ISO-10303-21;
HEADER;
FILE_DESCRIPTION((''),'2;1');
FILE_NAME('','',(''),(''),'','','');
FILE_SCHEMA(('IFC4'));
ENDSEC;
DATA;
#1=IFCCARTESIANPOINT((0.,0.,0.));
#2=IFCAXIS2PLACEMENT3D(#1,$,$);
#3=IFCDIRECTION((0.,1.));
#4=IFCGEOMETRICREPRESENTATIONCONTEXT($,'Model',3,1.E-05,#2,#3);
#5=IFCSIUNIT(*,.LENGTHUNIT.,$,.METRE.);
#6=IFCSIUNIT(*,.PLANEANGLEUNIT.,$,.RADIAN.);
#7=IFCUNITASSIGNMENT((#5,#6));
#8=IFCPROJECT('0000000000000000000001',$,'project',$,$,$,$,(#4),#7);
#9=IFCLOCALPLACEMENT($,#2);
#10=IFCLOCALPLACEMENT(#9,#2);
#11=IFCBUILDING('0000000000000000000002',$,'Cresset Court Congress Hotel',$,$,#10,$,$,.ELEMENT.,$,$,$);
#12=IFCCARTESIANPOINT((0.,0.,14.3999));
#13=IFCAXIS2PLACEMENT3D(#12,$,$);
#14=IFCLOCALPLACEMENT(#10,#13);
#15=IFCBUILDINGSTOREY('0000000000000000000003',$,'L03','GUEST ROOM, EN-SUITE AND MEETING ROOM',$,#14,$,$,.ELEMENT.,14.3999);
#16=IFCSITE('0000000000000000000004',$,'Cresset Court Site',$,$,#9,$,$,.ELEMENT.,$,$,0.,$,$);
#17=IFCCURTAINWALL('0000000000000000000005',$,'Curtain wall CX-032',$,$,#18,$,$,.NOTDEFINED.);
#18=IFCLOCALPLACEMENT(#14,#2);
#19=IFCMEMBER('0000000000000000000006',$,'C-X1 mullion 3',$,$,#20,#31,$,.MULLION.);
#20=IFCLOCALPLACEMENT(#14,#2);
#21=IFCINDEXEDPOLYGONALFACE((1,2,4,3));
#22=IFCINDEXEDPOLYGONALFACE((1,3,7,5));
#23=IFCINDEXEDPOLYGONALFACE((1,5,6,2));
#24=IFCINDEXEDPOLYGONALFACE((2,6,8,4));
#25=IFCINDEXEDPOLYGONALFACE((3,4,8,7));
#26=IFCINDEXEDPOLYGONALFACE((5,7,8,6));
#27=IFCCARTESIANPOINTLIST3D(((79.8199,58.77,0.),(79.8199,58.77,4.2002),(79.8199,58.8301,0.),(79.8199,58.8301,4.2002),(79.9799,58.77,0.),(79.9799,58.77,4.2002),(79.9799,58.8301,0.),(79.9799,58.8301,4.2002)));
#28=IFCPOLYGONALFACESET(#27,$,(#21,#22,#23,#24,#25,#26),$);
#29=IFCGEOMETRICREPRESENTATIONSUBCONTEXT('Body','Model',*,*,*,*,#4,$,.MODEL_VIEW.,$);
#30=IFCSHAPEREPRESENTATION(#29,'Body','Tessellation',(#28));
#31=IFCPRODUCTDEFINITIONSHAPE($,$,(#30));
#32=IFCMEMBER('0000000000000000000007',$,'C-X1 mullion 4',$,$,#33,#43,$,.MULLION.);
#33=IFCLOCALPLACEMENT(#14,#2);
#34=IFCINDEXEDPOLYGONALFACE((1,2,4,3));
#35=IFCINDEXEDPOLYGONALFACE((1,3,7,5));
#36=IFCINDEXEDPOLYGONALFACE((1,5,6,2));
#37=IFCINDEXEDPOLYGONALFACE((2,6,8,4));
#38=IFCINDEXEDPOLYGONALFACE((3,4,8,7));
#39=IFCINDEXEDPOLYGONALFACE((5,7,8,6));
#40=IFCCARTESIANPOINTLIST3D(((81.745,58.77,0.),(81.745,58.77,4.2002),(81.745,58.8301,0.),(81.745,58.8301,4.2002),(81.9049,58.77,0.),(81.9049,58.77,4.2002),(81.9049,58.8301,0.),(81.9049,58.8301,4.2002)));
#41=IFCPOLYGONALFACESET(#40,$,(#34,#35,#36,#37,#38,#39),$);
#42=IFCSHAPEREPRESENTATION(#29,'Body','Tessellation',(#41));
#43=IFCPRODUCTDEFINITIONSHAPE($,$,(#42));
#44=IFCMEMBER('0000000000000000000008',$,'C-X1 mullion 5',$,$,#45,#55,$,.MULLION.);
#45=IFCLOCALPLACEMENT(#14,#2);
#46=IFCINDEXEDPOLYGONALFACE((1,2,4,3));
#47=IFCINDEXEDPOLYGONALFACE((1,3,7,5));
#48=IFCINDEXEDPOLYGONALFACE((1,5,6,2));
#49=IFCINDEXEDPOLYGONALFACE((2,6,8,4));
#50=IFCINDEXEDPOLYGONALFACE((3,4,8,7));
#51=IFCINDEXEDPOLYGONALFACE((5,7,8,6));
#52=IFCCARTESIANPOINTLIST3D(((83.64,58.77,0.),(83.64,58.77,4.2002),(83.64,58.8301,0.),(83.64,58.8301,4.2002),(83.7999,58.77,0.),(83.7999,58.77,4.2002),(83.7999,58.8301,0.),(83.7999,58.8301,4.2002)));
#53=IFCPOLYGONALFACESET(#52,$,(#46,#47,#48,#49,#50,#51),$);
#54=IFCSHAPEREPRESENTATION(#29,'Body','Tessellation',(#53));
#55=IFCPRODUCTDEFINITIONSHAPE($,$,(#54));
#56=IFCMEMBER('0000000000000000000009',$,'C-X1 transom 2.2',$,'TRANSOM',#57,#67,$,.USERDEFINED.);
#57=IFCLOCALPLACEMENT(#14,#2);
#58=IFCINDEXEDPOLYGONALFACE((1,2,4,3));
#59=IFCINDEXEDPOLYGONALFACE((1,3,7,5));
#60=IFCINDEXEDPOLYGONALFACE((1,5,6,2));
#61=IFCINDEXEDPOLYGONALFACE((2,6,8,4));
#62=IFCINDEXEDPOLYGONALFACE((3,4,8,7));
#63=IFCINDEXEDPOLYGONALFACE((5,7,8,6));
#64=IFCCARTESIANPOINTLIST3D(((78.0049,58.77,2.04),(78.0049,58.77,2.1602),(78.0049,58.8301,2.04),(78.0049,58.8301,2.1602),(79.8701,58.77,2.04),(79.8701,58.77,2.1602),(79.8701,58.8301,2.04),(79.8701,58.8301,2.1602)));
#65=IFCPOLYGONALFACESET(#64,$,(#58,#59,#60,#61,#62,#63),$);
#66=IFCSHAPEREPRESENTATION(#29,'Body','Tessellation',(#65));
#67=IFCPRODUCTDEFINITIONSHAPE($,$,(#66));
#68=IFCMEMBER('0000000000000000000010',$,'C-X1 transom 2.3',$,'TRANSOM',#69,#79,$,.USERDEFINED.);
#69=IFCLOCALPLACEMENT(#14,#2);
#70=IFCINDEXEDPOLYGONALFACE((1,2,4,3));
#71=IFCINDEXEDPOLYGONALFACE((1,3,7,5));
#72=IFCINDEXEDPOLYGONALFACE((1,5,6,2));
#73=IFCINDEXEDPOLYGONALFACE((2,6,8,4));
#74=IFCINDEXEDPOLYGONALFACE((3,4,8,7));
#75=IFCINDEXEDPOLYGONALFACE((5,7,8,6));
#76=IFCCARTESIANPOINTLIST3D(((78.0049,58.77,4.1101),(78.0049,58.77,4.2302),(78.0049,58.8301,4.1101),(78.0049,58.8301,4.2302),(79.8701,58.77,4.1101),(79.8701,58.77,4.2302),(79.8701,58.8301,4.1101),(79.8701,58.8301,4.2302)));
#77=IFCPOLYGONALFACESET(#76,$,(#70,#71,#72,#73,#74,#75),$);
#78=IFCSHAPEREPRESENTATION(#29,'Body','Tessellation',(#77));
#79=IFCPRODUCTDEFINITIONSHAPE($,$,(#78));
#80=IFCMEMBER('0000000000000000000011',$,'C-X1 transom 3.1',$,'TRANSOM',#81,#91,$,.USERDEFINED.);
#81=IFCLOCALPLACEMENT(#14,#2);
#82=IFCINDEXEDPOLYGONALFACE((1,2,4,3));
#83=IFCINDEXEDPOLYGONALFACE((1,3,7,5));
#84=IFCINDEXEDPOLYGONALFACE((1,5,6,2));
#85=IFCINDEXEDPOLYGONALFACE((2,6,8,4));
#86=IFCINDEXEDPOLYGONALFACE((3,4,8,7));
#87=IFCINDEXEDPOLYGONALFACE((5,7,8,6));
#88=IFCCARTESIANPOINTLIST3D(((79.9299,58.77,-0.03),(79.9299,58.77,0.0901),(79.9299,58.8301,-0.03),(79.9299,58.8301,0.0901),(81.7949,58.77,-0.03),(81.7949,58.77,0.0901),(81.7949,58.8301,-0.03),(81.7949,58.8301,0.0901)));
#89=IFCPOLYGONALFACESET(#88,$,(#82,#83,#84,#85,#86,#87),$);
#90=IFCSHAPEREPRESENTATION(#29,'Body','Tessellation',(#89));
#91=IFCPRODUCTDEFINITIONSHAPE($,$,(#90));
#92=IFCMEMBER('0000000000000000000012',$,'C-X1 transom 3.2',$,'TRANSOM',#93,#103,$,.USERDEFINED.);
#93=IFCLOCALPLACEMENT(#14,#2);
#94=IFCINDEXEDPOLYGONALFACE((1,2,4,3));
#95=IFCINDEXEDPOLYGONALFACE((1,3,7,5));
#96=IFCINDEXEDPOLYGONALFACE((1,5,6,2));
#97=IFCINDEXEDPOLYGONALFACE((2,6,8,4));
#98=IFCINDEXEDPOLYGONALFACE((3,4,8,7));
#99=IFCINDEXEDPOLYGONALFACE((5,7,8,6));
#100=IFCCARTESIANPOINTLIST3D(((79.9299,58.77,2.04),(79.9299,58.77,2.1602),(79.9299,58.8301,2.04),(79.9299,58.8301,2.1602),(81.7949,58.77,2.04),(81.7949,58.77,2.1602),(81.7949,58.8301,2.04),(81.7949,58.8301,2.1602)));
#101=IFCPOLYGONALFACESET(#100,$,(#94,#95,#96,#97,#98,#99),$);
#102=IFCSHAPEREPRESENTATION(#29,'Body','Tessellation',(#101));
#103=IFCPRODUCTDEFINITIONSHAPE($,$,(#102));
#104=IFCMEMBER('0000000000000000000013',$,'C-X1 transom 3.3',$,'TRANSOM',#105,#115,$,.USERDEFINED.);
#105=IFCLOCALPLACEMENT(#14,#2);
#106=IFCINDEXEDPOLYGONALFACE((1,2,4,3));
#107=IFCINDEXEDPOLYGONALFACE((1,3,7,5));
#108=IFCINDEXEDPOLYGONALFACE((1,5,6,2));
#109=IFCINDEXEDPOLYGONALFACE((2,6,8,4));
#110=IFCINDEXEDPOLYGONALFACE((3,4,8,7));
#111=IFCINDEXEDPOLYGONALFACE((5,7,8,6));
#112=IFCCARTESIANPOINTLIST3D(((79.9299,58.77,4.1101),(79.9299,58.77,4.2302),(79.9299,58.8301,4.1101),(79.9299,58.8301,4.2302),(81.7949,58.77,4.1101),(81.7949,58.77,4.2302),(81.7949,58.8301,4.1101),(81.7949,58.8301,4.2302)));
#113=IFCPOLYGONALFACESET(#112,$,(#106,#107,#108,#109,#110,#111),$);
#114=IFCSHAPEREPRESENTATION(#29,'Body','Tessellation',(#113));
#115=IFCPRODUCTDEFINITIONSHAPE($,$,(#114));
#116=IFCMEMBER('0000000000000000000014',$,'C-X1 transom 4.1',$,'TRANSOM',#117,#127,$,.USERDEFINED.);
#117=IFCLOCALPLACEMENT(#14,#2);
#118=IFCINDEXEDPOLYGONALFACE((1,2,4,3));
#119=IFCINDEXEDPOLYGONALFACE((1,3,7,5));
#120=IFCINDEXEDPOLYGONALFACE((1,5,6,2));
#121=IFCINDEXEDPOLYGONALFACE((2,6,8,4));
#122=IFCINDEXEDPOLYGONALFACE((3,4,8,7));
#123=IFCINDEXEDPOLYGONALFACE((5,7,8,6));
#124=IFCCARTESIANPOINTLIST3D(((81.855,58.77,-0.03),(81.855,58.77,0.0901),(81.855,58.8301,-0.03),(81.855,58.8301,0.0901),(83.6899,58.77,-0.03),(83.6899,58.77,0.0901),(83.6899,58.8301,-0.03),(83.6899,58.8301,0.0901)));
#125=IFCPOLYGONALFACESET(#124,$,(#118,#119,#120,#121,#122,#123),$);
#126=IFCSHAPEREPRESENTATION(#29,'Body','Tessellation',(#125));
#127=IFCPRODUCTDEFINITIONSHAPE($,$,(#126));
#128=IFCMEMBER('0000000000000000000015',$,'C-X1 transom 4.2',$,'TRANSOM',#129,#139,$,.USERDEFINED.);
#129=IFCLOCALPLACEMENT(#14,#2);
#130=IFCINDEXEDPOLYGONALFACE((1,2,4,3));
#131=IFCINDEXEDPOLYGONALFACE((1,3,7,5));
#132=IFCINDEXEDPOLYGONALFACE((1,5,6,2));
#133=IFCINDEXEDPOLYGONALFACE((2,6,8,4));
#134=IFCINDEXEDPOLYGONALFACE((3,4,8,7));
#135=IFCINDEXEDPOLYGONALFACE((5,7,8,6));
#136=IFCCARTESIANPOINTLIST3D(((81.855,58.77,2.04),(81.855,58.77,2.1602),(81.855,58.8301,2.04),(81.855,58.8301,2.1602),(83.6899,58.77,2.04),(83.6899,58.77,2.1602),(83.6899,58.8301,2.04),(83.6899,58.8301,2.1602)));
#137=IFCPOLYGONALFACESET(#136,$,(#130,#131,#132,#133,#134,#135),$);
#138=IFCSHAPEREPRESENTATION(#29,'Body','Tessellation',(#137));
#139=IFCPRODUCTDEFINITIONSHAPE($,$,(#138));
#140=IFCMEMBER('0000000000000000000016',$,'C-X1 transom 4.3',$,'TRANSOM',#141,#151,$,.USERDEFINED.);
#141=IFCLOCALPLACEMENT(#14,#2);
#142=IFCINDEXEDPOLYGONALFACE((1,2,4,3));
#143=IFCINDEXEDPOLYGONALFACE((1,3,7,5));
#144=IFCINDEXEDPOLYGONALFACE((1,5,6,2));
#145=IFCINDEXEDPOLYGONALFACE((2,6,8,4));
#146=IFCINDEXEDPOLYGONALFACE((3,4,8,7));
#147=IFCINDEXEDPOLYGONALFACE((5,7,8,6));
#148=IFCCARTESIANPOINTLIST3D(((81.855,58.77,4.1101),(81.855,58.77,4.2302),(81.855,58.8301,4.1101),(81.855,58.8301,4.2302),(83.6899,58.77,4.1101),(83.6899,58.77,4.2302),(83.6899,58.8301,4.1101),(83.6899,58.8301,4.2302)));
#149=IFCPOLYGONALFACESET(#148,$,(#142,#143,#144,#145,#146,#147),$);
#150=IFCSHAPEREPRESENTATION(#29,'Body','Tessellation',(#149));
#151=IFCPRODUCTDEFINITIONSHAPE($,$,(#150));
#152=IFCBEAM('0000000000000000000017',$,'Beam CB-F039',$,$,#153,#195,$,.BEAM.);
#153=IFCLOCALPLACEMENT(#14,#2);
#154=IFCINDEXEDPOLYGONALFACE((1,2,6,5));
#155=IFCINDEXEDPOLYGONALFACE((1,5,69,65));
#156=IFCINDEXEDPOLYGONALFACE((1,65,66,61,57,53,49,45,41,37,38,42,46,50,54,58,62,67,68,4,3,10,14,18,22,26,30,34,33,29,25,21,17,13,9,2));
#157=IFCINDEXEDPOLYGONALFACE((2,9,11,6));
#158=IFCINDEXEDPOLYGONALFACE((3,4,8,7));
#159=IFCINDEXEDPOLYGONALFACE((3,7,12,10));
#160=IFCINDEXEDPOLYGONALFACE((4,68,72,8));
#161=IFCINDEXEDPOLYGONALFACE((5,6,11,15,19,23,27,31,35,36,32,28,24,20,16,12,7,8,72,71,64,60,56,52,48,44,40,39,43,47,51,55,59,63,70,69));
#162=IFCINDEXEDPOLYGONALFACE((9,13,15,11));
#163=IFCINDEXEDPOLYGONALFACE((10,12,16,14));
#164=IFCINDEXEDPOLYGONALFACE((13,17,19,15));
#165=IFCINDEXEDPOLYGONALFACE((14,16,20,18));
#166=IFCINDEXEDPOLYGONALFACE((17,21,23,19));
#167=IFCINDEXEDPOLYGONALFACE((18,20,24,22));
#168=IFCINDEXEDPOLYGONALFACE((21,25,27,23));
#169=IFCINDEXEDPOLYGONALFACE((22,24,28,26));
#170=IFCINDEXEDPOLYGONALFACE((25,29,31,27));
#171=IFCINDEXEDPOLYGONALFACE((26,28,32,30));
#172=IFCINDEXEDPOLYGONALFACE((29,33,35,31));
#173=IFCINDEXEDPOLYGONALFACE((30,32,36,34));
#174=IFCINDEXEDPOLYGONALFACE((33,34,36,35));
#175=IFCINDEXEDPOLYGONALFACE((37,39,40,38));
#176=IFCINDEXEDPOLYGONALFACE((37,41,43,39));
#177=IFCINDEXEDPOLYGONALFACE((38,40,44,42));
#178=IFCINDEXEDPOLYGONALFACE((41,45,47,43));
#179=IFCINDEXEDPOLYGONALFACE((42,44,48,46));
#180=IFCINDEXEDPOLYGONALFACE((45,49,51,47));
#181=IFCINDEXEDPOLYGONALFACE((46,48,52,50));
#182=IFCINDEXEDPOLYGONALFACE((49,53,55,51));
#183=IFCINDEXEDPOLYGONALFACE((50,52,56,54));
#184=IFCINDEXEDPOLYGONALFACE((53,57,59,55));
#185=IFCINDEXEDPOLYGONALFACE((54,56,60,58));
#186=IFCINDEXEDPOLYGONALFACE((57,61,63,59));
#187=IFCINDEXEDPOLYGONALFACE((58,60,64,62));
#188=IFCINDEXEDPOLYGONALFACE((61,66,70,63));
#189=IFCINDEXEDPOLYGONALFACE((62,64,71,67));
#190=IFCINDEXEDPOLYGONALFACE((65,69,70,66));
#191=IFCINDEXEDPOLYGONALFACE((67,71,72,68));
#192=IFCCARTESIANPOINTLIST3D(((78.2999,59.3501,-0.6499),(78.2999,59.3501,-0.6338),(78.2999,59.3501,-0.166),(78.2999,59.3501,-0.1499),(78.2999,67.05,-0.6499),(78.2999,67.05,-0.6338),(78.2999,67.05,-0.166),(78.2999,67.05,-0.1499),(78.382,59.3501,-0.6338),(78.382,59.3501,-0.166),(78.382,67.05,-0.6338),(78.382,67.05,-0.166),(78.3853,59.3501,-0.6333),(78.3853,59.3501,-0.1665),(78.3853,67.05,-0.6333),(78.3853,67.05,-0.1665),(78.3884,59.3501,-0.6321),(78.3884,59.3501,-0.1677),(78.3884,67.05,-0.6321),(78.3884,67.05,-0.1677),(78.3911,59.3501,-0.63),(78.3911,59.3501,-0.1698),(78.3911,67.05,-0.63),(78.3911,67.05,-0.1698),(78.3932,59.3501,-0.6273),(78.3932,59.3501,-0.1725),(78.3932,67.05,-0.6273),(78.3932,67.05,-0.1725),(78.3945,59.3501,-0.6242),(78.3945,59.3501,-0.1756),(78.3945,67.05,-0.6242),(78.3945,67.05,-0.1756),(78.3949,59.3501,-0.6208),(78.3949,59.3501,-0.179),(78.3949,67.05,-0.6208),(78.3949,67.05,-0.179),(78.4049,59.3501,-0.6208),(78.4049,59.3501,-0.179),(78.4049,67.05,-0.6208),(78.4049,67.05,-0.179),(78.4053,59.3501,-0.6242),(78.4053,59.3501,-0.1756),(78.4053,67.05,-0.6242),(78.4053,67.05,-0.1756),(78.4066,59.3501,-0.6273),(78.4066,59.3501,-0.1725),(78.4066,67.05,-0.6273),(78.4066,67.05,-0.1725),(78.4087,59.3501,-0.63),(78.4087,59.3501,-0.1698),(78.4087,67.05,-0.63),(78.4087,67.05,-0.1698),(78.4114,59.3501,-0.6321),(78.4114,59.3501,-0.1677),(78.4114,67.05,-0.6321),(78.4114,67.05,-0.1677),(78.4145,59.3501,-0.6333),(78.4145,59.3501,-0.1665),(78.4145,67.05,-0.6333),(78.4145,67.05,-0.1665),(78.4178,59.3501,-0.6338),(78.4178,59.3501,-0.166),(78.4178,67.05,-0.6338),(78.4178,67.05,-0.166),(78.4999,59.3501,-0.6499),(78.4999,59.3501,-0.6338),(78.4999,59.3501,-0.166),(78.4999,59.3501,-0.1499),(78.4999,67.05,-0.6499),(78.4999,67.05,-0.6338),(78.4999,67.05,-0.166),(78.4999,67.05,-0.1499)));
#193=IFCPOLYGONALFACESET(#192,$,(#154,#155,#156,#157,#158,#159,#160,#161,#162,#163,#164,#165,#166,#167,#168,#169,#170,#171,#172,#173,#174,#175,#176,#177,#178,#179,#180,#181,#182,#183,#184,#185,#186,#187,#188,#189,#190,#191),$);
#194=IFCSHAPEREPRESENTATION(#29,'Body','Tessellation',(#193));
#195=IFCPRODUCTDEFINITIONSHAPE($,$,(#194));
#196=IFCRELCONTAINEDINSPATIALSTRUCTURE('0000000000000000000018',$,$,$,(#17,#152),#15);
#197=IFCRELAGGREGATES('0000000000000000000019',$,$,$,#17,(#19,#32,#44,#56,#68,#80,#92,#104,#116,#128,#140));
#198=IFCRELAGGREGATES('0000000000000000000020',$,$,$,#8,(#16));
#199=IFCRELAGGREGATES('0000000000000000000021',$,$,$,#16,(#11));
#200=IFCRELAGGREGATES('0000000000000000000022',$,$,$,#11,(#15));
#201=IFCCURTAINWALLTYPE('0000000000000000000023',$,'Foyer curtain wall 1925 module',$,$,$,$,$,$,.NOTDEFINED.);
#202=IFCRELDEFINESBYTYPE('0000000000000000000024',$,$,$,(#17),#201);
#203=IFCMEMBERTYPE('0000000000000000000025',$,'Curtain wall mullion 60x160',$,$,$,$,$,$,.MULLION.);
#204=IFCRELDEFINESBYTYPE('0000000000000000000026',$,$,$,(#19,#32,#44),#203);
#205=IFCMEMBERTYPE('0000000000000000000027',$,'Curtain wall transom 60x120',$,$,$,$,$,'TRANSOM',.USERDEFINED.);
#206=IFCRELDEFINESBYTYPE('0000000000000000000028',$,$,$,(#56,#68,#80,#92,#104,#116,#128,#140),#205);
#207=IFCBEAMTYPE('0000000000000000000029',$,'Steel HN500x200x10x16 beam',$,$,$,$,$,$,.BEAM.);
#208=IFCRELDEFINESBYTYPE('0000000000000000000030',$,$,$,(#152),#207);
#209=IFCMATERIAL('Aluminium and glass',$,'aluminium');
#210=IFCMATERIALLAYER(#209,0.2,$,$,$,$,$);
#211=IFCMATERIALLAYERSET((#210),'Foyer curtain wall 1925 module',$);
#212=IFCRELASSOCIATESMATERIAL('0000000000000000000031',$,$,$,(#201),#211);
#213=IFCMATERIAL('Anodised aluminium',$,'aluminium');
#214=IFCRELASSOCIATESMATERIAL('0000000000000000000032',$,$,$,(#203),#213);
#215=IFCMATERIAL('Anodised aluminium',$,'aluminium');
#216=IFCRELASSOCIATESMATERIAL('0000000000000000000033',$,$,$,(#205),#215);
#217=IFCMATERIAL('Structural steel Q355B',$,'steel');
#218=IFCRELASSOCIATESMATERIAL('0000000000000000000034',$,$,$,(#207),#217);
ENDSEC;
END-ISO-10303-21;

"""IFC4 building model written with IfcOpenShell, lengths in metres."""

from ifc_helpers import new_model, si_unit, direction, frame, origin, origin_2d, place, context, subcontext, project, spatial, rectangle, i_section, extrude, material, layer, layer_set, material_profile, profile_set, type_object, element, aggregate, save


model = new_model("IFC4")

# Units and contexts
model_context = context("Model", 3, precision=1e-05, world=origin(), true_north=direction((0.0, 1.0)))
body_context = subcontext(model_context, "Body", "Model", "MODEL_VIEW")
ifc_project = project(units=[si_unit("LENGTHUNIT", "METRE"), si_unit("PLANEANGLEUNIT", "RADIAN")], contexts=[model_context])

# Site, building, storey
site_placement = place(None, origin())
site = spatial("IfcSite", under=ifc_project, at=site_placement, Name="Cresset Court Site", CompositionType="ELEMENT", RefElevation=0.0)
building_placement = place(site_placement, origin())
building = spatial("IfcBuilding", under=site, at=building_placement, Name="Cresset Court Congress Hotel", CompositionType="ELEMENT")
storey_placement = place(building_placement, frame((0.0, 0.0, 14.3999)))
storey = spatial("IfcBuildingStorey", under=building, at=storey_placement, Name="L03", Description="GUEST ROOM, EN-SUITE AND MEETING ROOM", CompositionType="ELEMENT", Elevation=14.3999)

# Curtain wall, members
ifc_material_1 = material(Name="Aluminium and glass", Category="aluminium")
ifc_layer_1 = layer(ifc_material_1, 0.2)
ifc_layer_set_1 = layer_set([ifc_layer_1], Name="Foyer curtain wall 1925 module")
curtain_wall_type = type_object("IfcCurtainWallType", Name="Foyer curtain wall 1925 module", PredefinedType="NOTDEFINED", material=ifc_layer_set_1)
curtain_wall_placement = place(storey_placement, origin())
curtain_wall = element("IfcCurtainWall", 1, at=curtain_wall_placement, inside=storey, type_object=curtain_wall_type, Name="Curtain wall CX-032", PredefinedType="NOTDEFINED")
ifc_material_2 = material(Name="Anodised aluminium", Category="aluminium")
ifc_material_profile_1 = material_profile(ifc_material_2, rectangle(XDim=0.0601, YDim=0.1599, at=origin_2d()), Name="AL60x160")
ifc_profile_set_1 = profile_set([ifc_material_profile_1], Name="Anodised aluminium")
member_type_1 = type_object("IfcMemberType", Name="Curtain wall mullion 60x160", PredefinedType="MULLION", material=ifc_profile_set_1)
member_1_placement = place(storey_placement, frame((79.8999, 58.8, 0.0), z_axis=(0.0, 0.0, 1.0), x_axis=(0.0, 1.0, 0.0)))
member_1 = element("IfcMember", 2, at=member_1_placement, type_object=member_type_1, Name="C-X1 mullion 3", PredefinedType="MULLION", context=body_context, shape_type="SweptSolid", body=[
    extrude(rectangle(XDim=0.0601, YDim=0.1599, at=origin_2d()), origin(), (0.0, 0.0, 1.0), 4.2002),
])
member_2_placement = place(storey_placement, frame((81.825, 58.8, 0.0), z_axis=(0.0, 0.0, 1.0), x_axis=(0.0, 1.0, 0.0)))
member_2 = element("IfcMember", 3, at=member_2_placement, type_object=member_type_1, Name="C-X1 mullion 4", PredefinedType="MULLION", context=body_context, shape_type="SweptSolid", body=[
    extrude(rectangle(XDim=0.0601, YDim=0.1599, at=origin_2d()), origin(), (0.0, 0.0, 1.0), 4.2002),
])
member_3_placement = place(storey_placement, frame((83.72, 58.8, 0.0), z_axis=(0.0, 0.0, 1.0), x_axis=(0.0, 1.0, 0.0)))
member_3 = element("IfcMember", 4, at=member_3_placement, type_object=member_type_1, Name="C-X1 mullion 5", PredefinedType="MULLION", context=body_context, shape_type="SweptSolid", body=[
    extrude(rectangle(XDim=0.0601, YDim=0.1599, at=origin_2d()), origin(), (0.0, 0.0, 1.0), 4.2002),
])
ifc_material_3 = material(Name="Anodised aluminium", Category="aluminium")
ifc_material_profile_2 = material_profile(ifc_material_3, rectangle(XDim=0.0601, YDim=0.1201, at=origin_2d()), Name="AL60x120")
ifc_profile_set_2 = profile_set([ifc_material_profile_2], Name="Anodised aluminium")
member_type_2 = type_object("IfcMemberType", Name="Curtain wall transom 60x120", ElementType="TRANSOM", PredefinedType="USERDEFINED", material=ifc_profile_set_2)
member_4_placement = place(storey_placement, frame((78.0049, 58.8, 2.1001), z_axis=(1.0, 0.0, 0.0), x_axis=(0.0, 1.0, 0.0)))
member_4 = element("IfcMember", 5, at=member_4_placement, type_object=member_type_2, Name="C-X1 transom 2.2", ObjectType="TRANSOM", PredefinedType="USERDEFINED", context=body_context, shape_type="SweptSolid", body=[
    extrude(rectangle(XDim=0.0601, YDim=0.1201, at=origin_2d()), origin(), (0.0, 0.0, 1.0), 1.8652),
])
member_5_placement = place(storey_placement, frame((78.0049, 58.8, 4.1702), z_axis=(1.0, 0.0, 0.0), x_axis=(0.0, 1.0, 0.0)))
member_5 = element("IfcMember", 6, at=member_5_placement, type_object=member_type_2, Name="C-X1 transom 2.3", ObjectType="TRANSOM", PredefinedType="USERDEFINED", context=body_context, shape_type="SweptSolid", body=[
    extrude(rectangle(XDim=0.0601, YDim=0.1201, at=origin_2d()), origin(), (0.0, 0.0, 1.0), 1.8652),
])
member_6_placement = place(storey_placement, frame((79.9299, 58.8, 0.03), z_axis=(1.0, 0.0, 0.0), x_axis=(0.0, 1.0, 0.0)))
member_6 = element("IfcMember", 7, at=member_6_placement, type_object=member_type_2, Name="C-X1 transom 3.1", ObjectType="TRANSOM", PredefinedType="USERDEFINED", context=body_context, shape_type="SweptSolid", body=[
    extrude(rectangle(XDim=0.0601, YDim=0.1201, at=origin_2d()), origin(), (0.0, 0.0, 1.0), 1.865),
])
member_7_placement = place(storey_placement, frame((79.9299, 58.8, 2.1001), z_axis=(1.0, 0.0, 0.0), x_axis=(0.0, 1.0, 0.0)))
member_7 = element("IfcMember", 8, at=member_7_placement, type_object=member_type_2, Name="C-X1 transom 3.2", ObjectType="TRANSOM", PredefinedType="USERDEFINED", context=body_context, shape_type="SweptSolid", body=[
    extrude(rectangle(XDim=0.0601, YDim=0.1201, at=origin_2d()), origin(), (0.0, 0.0, 1.0), 1.865),
])
member_8_placement = place(storey_placement, frame((79.9299, 58.8, 4.1702), z_axis=(1.0, 0.0, 0.0), x_axis=(0.0, 1.0, 0.0)))
member_8 = element("IfcMember", 9, at=member_8_placement, type_object=member_type_2, Name="C-X1 transom 3.3", ObjectType="TRANSOM", PredefinedType="USERDEFINED", context=body_context, shape_type="SweptSolid", body=[
    extrude(rectangle(XDim=0.0601, YDim=0.1201, at=origin_2d()), origin(), (0.0, 0.0, 1.0), 1.865),
])
member_9_placement = place(storey_placement, frame((81.855, 58.8, 0.03), z_axis=(1.0, 0.0, 0.0), x_axis=(0.0, 1.0, 0.0)))
member_9 = element("IfcMember", 10, at=member_9_placement, type_object=member_type_2, Name="C-X1 transom 4.1", ObjectType="TRANSOM", PredefinedType="USERDEFINED", context=body_context, shape_type="SweptSolid", body=[
    extrude(rectangle(XDim=0.0601, YDim=0.1201, at=origin_2d()), origin(), (0.0, 0.0, 1.0), 1.835),
])
member_10_placement = place(storey_placement, frame((81.855, 58.8, 2.1001), z_axis=(1.0, 0.0, 0.0), x_axis=(0.0, 1.0, 0.0)))
member_10 = element("IfcMember", 11, at=member_10_placement, type_object=member_type_2, Name="C-X1 transom 4.2", ObjectType="TRANSOM", PredefinedType="USERDEFINED", context=body_context, shape_type="SweptSolid", body=[
    extrude(rectangle(XDim=0.0601, YDim=0.1201, at=origin_2d()), origin(), (0.0, 0.0, 1.0), 1.835),
])
member_11_placement = place(storey_placement, frame((81.855, 58.8, 4.1702), z_axis=(1.0, 0.0, 0.0), x_axis=(0.0, 1.0, 0.0)))
member_11 = element("IfcMember", 12, at=member_11_placement, type_object=member_type_2, Name="C-X1 transom 4.3", ObjectType="TRANSOM", PredefinedType="USERDEFINED", context=body_context, shape_type="SweptSolid", body=[
    extrude(rectangle(XDim=0.0601, YDim=0.1201, at=origin_2d()), origin(), (0.0, 0.0, 1.0), 1.835),
])

# Beam
ifc_material_4 = material(Name="Structural steel Q355B", Category="steel")
ifc_material_profile_3 = material_profile(ifc_material_4, i_section(OverallWidth=0.2, OverallDepth=0.5, WebThickness=0.01, FlangeThickness=0.0161, FilletRadius=0.0129, at=origin_2d()), Name="HN500x200x10x16")
ifc_profile_set_3 = profile_set([ifc_material_profile_3], Name="Structural steel Q355B")
beam_type = type_object("IfcBeamType", Name="Steel HN500x200x10x16 beam", PredefinedType="BEAM", material=ifc_profile_set_3)
for number, where, z_axis, x_axis, name in (
    (13, (78.3999, 59.3501, -0.3999), (0.0, 1.0, 0.0), (-1.0, 0.0, 0.0), "Beam CB-F039"),
):
    element("IfcBeam", number, at=place(storey_placement, frame(where, z_axis=z_axis, x_axis=x_axis)), inside=storey, type_object=beam_type, Name=name, PredefinedType="BEAM", context=body_context, shape_type="SweptSolid", body=[
        extrude(i_section(OverallWidth=0.2, OverallDepth=0.5, WebThickness=0.01, FlangeThickness=0.0161, FilletRadius=0.0129, at=origin_2d()), origin(), (0.0, 0.0, 1.0), 7.7),
    ])

aggregate(curtain_wall, [member_1, member_2, member_3, member_4, member_5, member_6, member_7, member_8, member_9, member_10, member_11])

save(model, "model.ifc")
